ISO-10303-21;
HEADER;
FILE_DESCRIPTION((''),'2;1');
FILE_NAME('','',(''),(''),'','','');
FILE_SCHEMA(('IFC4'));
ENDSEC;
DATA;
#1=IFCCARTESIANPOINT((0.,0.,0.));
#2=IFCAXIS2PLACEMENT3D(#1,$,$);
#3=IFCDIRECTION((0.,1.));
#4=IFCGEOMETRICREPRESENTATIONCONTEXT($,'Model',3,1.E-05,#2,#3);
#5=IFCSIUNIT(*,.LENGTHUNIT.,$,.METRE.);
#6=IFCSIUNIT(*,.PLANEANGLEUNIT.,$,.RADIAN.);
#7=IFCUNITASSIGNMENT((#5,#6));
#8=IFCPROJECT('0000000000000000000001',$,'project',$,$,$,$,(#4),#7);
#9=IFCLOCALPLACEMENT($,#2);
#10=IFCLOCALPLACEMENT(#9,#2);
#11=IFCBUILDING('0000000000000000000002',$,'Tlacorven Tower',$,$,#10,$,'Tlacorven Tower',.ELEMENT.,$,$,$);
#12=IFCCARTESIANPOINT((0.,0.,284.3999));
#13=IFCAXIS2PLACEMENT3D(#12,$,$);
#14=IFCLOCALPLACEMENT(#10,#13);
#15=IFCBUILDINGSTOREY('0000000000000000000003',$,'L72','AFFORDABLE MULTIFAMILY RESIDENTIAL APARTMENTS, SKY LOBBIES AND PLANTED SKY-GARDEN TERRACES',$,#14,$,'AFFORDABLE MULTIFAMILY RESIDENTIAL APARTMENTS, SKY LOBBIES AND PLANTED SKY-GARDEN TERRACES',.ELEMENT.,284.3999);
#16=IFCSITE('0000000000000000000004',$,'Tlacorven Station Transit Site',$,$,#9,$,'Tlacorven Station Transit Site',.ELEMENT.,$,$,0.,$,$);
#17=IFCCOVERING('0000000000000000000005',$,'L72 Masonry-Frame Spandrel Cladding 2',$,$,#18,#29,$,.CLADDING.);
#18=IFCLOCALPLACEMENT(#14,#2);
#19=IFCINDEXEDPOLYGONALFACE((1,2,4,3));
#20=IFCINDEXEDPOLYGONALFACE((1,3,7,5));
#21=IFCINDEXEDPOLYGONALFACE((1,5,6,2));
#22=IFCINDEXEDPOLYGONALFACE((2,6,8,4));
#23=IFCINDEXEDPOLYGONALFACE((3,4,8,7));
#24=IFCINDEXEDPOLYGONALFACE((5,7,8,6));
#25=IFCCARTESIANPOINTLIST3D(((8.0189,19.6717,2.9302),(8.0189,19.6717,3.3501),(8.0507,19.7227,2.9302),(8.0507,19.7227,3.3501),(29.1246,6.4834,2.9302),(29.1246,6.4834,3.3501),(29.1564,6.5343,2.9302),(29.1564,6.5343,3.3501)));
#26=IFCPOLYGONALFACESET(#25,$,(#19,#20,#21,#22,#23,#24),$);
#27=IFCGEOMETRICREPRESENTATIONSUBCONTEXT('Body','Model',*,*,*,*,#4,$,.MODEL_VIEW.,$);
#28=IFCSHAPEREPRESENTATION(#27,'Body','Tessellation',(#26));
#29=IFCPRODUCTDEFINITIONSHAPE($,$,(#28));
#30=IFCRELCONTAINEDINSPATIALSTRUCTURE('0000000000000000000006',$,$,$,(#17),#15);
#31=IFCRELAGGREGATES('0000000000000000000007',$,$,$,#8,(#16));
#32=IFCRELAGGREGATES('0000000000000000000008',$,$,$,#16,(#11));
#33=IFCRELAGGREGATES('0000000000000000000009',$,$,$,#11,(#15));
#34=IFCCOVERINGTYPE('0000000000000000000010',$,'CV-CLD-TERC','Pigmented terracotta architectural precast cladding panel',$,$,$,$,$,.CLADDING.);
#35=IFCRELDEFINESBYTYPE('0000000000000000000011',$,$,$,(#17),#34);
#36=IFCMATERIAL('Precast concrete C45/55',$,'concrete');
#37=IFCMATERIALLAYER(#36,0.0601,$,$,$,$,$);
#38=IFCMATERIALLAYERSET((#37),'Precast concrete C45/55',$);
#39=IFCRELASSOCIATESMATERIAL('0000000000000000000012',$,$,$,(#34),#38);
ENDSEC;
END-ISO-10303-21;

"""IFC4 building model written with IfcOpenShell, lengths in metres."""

from ifc_helpers import new_model, si_unit, direction, frame, origin, origin_2d, place, context, subcontext, project, spatial, rectangle, extrude, source, transform, mapped, material, layer, layer_set, type_object, element, save


model = new_model("IFC4")

# Units and contexts
model_context = context("Model", 3, precision=1e-05, world=origin(), true_north=direction((0.0, 1.0)))
body_context = subcontext(model_context, "Body", "Model", "MODEL_VIEW")
ifc_project = project(units=[si_unit("LENGTHUNIT", "METRE"), si_unit("PLANEANGLEUNIT", "RADIAN")], contexts=[model_context])

# Site, building, storey
site_placement = place(None, origin())
site = spatial("IfcSite", under=ifc_project, at=site_placement, Name="Tlacorven Station Transit Site", LongName="Tlacorven Station Transit Site", CompositionType="ELEMENT", RefElevation=0.0)
building_placement = place(site_placement, origin())
building = spatial("IfcBuilding", under=site, at=building_placement, Name="Tlacorven Tower", LongName="Tlacorven Tower", CompositionType="ELEMENT")
storey_placement = place(building_placement, frame((0.0, 0.0, 284.3999)))
storey = spatial("IfcBuildingStorey", under=building, at=storey_placement, Name="L72", Description="AFFORDABLE MULTIFAMILY RESIDENTIAL APARTMENTS, SKY LOBBIES AND PLANTED SKY-GARDEN TERRACES", LongName="AFFORDABLE MULTIFAMILY RESIDENTIAL APARTMENTS, SKY LOBBIES AND PLANTED SKY-GARDEN TERRACES", CompositionType="ELEMENT", Elevation=284.3999)

# Shared definitions
ifc_material_1 = material(Name="Precast concrete C45/55", Category="concrete")

# Covering
ifc_layer_1 = layer(ifc_material_1, 0.0601)
ifc_layer_set_1 = layer_set([ifc_layer_1], Name="Precast concrete C45/55")
covering_type = type_object("IfcCoveringType", Name="CV-CLD-TERC", Description="Pigmented terracotta architectural precast cladding panel", PredefinedType="CLADDING", material=ifc_layer_set_1)
shared_shape_1 = source(origin(), body_context, "Body", "SweptSolid", [
    extrude(rectangle(XDim=24.8875, YDim=0.0601, at=origin_2d()), origin(), (0.0, 0.0, 1.0), 0.4199),
])
covering_placement = place(storey_placement, frame((18.5876, 13.103, 2.9302), z_axis=(0.0, 0.0, 1.0), x_axis=(-0.848048, 0.529919, 0.0)))
element("IfcCovering", 1, at=covering_placement, inside=storey, type_object=covering_type, Name="L72 Masonry-Frame Spandrel Cladding 2", PredefinedType="CLADDING", context=body_context, shape_type="MappedRepresentation", body=[
    mapped(shared_shape_1, transform((0.0, 0.0, 0.0), scale=1.0)),
])

save(model, "model.ifc")
